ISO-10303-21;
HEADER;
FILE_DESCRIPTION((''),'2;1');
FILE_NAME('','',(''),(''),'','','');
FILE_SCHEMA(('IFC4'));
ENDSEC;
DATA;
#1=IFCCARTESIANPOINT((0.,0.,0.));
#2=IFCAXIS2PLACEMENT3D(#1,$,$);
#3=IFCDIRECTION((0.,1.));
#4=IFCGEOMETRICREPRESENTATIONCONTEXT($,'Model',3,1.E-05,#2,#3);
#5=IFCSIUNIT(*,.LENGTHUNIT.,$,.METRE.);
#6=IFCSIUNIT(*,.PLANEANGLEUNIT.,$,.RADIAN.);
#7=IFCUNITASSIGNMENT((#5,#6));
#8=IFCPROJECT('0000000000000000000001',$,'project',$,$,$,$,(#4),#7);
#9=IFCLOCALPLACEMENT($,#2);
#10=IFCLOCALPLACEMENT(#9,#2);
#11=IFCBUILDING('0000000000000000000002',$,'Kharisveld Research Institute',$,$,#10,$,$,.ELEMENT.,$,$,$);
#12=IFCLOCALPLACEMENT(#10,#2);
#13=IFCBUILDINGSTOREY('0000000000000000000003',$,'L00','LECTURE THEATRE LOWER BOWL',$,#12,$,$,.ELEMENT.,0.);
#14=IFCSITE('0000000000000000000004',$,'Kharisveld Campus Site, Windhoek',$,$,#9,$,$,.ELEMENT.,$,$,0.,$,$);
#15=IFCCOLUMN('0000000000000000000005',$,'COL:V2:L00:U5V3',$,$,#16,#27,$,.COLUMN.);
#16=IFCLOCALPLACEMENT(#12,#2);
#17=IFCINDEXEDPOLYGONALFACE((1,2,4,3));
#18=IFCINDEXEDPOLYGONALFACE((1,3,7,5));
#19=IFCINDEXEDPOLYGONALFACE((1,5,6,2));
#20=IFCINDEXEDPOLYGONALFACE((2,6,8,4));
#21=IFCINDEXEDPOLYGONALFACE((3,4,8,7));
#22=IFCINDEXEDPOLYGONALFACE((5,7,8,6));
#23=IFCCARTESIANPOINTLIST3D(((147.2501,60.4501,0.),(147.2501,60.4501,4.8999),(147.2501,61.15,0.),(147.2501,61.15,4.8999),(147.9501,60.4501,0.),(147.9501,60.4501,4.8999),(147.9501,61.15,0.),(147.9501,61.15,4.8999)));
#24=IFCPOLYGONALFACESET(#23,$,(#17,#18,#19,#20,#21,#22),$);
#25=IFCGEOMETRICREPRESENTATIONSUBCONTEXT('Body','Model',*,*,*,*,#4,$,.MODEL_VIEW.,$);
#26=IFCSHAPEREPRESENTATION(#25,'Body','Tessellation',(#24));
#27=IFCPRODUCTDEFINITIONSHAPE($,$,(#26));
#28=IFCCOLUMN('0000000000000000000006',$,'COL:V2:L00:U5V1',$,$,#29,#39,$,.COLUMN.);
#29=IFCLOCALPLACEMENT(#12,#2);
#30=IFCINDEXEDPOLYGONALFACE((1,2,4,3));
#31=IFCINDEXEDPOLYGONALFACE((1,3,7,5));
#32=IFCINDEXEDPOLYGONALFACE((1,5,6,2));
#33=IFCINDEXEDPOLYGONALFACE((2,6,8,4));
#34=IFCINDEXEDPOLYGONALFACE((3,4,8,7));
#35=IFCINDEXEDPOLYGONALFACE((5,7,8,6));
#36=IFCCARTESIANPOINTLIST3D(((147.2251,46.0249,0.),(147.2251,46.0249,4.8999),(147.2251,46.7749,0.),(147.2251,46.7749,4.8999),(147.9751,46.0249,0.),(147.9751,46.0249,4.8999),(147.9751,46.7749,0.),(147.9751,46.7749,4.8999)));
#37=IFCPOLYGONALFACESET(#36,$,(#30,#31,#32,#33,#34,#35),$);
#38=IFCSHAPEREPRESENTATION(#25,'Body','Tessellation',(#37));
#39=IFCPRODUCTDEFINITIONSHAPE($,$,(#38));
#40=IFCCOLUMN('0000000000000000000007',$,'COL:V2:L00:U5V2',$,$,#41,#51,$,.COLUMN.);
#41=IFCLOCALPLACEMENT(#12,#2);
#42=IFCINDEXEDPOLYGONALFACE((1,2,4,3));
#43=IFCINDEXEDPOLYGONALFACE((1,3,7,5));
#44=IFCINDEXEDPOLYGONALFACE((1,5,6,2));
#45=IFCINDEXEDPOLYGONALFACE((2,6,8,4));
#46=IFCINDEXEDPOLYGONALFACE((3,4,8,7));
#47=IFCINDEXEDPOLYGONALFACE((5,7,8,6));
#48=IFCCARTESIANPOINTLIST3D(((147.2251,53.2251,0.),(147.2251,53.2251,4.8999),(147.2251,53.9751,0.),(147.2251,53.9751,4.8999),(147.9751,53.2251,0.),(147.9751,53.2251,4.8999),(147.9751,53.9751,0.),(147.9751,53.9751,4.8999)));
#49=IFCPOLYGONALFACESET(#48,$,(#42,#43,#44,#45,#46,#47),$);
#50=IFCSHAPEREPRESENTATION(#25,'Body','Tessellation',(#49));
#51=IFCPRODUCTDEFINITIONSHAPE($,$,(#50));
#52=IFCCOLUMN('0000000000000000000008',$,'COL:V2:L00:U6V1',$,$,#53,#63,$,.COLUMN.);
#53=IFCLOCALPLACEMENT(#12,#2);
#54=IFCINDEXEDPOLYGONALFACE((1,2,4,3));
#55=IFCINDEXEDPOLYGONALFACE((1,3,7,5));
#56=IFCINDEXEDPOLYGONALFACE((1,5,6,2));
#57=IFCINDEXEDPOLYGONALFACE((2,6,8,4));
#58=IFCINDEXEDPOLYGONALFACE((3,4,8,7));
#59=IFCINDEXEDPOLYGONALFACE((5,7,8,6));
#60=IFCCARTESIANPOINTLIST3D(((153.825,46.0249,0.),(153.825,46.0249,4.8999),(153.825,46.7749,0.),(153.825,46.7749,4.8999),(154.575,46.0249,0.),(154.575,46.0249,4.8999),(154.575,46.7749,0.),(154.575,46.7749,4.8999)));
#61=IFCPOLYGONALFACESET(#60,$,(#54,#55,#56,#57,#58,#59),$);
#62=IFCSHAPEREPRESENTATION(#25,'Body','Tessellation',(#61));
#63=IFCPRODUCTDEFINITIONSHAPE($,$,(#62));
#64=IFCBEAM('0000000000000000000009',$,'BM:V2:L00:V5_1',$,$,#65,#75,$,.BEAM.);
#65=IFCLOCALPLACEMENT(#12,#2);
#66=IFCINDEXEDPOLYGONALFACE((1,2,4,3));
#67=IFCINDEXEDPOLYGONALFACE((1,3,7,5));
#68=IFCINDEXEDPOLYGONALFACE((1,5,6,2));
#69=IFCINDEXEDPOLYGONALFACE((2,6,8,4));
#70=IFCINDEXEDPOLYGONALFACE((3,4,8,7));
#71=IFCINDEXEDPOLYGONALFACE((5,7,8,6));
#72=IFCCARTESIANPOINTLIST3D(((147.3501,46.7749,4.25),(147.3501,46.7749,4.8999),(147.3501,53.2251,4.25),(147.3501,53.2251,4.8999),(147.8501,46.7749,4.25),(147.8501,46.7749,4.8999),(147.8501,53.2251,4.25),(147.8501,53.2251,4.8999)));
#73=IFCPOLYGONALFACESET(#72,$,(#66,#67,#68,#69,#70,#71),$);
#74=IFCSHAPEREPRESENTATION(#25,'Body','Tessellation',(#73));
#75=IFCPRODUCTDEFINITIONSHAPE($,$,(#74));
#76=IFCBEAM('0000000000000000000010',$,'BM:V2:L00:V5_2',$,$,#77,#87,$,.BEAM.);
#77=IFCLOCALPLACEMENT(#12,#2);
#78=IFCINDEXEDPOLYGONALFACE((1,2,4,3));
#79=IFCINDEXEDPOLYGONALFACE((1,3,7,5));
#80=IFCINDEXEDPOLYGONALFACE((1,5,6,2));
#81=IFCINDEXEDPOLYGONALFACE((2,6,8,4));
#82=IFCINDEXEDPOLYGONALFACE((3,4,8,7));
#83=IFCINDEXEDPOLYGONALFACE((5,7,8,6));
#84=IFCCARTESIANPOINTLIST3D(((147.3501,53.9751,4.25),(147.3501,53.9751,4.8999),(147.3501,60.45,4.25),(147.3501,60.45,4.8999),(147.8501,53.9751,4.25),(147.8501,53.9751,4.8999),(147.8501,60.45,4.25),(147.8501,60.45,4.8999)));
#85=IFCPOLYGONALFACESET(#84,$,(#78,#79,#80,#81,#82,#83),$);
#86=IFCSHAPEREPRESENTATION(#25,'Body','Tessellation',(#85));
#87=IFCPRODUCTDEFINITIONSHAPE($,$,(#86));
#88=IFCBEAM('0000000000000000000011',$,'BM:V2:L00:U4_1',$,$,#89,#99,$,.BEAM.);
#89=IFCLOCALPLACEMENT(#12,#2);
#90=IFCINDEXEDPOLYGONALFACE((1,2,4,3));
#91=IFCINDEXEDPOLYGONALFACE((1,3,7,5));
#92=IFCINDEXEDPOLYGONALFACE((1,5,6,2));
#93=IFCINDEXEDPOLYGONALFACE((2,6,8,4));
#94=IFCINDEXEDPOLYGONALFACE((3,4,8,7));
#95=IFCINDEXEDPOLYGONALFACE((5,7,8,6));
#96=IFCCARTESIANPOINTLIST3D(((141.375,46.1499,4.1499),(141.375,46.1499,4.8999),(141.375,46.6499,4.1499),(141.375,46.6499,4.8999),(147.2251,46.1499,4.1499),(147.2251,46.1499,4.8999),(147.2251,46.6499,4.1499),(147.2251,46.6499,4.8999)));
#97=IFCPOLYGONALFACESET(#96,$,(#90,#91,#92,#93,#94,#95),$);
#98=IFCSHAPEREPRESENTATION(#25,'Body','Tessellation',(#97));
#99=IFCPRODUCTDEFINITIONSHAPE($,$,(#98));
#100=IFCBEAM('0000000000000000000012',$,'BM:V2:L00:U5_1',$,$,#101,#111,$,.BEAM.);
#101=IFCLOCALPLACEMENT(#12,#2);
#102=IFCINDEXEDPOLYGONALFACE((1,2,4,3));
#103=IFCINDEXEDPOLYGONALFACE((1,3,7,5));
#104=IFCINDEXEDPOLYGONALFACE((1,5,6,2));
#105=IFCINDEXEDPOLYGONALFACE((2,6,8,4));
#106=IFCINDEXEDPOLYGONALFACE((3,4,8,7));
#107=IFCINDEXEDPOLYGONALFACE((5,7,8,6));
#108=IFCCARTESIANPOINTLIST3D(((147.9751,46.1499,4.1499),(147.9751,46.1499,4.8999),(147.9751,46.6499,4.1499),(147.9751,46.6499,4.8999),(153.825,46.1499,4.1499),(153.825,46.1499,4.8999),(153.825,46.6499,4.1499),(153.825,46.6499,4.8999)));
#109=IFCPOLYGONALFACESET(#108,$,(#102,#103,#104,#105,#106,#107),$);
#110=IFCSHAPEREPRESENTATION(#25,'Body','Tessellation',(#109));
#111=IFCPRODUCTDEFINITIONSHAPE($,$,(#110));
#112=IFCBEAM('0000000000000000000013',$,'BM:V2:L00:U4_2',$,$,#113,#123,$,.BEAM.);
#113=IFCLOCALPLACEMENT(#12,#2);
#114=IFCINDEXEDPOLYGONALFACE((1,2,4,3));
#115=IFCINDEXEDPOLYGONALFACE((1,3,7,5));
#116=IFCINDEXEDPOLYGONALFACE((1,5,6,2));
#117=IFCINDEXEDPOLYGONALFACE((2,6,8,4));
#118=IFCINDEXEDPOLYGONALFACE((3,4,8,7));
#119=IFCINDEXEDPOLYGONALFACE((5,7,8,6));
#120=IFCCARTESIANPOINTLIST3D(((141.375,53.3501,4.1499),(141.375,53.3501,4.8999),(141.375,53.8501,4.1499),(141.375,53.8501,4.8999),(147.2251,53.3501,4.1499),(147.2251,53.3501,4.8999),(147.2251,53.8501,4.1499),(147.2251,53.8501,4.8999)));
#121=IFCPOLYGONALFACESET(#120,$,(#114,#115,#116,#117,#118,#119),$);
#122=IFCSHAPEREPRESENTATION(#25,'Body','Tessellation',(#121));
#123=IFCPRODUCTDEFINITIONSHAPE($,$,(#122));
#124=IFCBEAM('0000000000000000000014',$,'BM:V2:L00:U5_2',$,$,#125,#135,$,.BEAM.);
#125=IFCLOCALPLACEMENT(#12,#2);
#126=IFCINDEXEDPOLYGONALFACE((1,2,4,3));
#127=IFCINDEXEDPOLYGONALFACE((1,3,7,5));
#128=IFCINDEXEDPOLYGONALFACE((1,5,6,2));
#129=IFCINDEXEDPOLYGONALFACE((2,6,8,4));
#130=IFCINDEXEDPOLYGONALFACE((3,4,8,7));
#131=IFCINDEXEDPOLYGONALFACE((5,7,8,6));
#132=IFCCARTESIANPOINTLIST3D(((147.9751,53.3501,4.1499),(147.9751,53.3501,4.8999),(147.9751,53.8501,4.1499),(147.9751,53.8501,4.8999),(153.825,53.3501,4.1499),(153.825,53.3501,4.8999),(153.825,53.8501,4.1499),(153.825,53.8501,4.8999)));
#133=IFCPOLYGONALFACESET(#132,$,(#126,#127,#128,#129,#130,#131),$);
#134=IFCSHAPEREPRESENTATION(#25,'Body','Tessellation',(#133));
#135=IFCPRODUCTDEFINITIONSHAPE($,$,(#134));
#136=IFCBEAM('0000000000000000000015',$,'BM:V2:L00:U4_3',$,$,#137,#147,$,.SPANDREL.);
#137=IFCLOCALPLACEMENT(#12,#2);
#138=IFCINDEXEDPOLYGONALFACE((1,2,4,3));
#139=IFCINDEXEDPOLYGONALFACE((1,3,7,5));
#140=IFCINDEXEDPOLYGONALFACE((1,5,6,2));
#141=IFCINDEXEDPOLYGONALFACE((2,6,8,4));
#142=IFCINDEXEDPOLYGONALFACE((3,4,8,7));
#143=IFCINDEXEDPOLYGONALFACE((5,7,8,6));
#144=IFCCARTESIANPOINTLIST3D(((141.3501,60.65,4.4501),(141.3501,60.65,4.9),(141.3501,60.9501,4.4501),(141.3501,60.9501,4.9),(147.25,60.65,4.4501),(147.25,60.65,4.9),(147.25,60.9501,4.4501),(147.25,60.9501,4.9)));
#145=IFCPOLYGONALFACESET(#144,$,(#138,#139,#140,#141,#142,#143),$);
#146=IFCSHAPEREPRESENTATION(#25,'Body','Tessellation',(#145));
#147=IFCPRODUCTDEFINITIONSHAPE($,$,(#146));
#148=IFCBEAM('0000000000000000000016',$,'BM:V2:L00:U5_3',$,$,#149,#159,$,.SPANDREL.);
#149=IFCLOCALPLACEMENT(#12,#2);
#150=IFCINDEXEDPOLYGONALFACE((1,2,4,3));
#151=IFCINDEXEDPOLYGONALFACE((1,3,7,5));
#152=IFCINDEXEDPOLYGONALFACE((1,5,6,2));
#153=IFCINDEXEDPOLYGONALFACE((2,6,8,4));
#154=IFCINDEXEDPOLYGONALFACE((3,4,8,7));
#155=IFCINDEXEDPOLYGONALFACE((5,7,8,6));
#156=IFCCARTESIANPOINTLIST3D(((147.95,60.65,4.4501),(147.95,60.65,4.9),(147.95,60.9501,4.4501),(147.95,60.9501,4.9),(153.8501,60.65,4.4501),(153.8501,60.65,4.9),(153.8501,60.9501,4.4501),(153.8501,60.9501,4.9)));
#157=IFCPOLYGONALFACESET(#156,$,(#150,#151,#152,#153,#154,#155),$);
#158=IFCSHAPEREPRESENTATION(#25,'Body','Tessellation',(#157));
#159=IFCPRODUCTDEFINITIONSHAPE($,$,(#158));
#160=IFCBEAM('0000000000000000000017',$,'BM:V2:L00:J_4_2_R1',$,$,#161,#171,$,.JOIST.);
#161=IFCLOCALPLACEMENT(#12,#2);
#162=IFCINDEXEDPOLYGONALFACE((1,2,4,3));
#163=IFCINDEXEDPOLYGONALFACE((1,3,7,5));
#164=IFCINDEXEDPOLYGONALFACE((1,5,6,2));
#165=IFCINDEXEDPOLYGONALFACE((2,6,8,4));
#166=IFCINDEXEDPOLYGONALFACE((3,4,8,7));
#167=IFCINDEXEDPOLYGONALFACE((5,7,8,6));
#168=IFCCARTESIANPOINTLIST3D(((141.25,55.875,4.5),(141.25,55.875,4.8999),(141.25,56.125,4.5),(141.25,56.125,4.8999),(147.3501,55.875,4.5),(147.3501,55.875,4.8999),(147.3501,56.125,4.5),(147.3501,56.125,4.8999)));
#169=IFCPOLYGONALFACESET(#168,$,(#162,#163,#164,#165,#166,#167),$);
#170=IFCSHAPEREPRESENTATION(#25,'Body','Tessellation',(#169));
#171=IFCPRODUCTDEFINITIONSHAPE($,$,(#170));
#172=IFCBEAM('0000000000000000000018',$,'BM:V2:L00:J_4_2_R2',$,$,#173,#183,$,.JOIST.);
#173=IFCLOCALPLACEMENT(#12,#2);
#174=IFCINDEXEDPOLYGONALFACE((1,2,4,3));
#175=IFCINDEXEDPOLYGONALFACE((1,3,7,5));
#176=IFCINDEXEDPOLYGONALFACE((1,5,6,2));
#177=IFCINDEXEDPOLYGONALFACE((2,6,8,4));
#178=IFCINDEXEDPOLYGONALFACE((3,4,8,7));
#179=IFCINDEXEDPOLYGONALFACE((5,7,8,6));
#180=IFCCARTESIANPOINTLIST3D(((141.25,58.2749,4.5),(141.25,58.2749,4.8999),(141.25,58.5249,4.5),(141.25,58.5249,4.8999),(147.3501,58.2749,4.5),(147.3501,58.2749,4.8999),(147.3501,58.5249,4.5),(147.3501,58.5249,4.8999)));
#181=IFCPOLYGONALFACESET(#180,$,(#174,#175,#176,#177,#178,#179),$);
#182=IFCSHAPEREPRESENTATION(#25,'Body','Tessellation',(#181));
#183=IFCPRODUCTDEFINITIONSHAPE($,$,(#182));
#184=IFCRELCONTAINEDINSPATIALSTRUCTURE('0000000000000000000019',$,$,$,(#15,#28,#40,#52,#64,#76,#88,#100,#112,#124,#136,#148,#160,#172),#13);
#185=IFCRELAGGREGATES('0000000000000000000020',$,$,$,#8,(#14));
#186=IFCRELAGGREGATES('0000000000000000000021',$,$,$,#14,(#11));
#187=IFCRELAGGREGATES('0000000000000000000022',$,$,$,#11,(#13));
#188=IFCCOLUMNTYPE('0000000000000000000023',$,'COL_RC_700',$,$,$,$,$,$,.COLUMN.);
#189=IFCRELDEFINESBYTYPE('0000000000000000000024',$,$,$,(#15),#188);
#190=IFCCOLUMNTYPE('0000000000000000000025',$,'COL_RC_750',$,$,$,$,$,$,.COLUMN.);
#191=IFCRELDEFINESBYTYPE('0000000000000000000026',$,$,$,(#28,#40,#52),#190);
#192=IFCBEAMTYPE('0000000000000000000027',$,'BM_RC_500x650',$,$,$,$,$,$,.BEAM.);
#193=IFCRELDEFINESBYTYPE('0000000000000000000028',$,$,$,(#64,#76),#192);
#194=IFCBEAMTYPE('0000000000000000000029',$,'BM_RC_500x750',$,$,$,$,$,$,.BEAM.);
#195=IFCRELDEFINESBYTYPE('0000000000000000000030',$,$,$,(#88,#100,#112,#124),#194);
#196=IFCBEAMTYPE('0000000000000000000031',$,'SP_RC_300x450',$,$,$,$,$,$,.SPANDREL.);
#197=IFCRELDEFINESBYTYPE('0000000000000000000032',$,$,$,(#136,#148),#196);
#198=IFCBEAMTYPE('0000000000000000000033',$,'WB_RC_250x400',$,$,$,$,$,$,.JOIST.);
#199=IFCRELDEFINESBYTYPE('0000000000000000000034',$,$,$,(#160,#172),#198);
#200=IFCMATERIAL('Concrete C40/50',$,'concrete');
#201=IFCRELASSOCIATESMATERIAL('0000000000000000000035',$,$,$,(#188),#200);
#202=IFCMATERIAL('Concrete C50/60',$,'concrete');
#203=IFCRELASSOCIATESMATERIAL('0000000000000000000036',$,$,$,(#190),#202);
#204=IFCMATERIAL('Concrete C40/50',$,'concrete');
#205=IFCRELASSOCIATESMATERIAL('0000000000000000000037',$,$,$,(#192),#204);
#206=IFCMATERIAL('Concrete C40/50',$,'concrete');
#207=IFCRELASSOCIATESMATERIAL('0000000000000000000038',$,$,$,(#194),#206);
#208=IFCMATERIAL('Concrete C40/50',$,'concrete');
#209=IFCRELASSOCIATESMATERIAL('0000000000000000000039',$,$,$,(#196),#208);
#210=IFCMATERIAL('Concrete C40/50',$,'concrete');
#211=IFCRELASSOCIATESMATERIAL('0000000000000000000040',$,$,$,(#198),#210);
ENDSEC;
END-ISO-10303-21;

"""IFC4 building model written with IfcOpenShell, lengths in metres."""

from ifc_helpers import new_model, si_unit, direction, frame, origin, origin_2d, place, context, subcontext, project, spatial, rectangle, extrude, material, material_profile, profile_set, type_object, element, save


model = new_model("IFC4")

# Units and contexts
model_context = context("Model", 3, precision=1e-05, world=origin(), true_north=direction((0.0, 1.0)))
body_context = subcontext(model_context, "Body", "Model", "MODEL_VIEW")
ifc_project = project(units=[si_unit("LENGTHUNIT", "METRE"), si_unit("PLANEANGLEUNIT", "RADIAN")], contexts=[model_context])

# Site, building, storey
site_placement = place(None, origin())
site = spatial("IfcSite", under=ifc_project, at=site_placement, Name="Kharisveld Campus Site, Windhoek", CompositionType="ELEMENT", RefElevation=0.0)
building_placement = place(site_placement, origin())
building = spatial("IfcBuilding", under=site, at=building_placement, Name="Kharisveld Research Institute", CompositionType="ELEMENT")
storey_placement = place(building_placement, origin())
storey = spatial("IfcBuildingStorey", under=building, at=storey_placement, Name="L00", Description="LECTURE THEATRE LOWER BOWL", CompositionType="ELEMENT", Elevation=0.0)

# Columns
ifc_material_1 = material(Name="Concrete C40/50", Category="concrete")
ifc_material_profile_1 = material_profile(ifc_material_1, rectangle(XDim=0.7, YDim=0.7, at=origin_2d()))
ifc_profile_set_1 = profile_set([ifc_material_profile_1], Name="Concrete C40/50")
column_type_1 = type_object("IfcColumnType", Name="COL_RC_700", PredefinedType="COLUMN", material=ifc_profile_set_1)
column_placement = place(storey_placement, frame((147.6001, 60.8, 0.0), z_axis=(0.0, 0.0, 1.0), x_axis=(1.0, 0.0, 0.0)))
element("IfcColumn", 1, at=column_placement, inside=storey, type_object=column_type_1, Name="COL:V2:L00:U5V3", PredefinedType="COLUMN", context=body_context, shape_type="SweptSolid", body=[
    extrude(rectangle(XDim=0.7, YDim=0.7, at=origin_2d()), origin(), (0.0, 0.0, 1.0), 4.8999),
])
ifc_material_2 = material(Name="Concrete C50/60", Category="concrete")
ifc_material_profile_2 = material_profile(ifc_material_2, rectangle(XDim=0.75, YDim=0.75, at=origin_2d()))
ifc_profile_set_2 = profile_set([ifc_material_profile_2], Name="Concrete C50/60")
column_type_2 = type_object("IfcColumnType", Name="COL_RC_750", PredefinedType="COLUMN", material=ifc_profile_set_2)
for number, where, z_axis, x_axis, name in (
    (2, (147.6001, 46.3999, 0.0), (0.0, 0.0, 1.0), (1.0, 0.0, 0.0), "COL:V2:L00:U5V1"),
    (3, (147.6001, 53.6001, 0.0), (0.0, 0.0, 1.0), (1.0, 0.0, 0.0), "COL:V2:L00:U5V2"),
    (4, (154.2, 46.3999, 0.0), (0.0, 0.0, 1.0), (1.0, 0.0, 0.0), "COL:V2:L00:U6V1"),
):
    element("IfcColumn", number, at=place(storey_placement, frame(where, z_axis=z_axis, x_axis=x_axis)), inside=storey, type_object=column_type_2, Name=name, PredefinedType="COLUMN", context=body_context, shape_type="SweptSolid", body=[
        extrude(rectangle(XDim=0.75, YDim=0.75, at=origin_2d()), origin(), (0.0, 0.0, 1.0), 4.8999),
    ])

# Beams
ifc_material_3 = material(Name="Concrete C40/50", Category="concrete")
ifc_material_profile_3 = material_profile(ifc_material_3, rectangle(XDim=0.5, YDim=0.6499, at=origin_2d()))
ifc_profile_set_3 = profile_set([ifc_material_profile_3], Name="Concrete C40/50")
beam_type_1 = type_object("IfcBeamType", Name="BM_RC_500x650", PredefinedType="BEAM", material=ifc_profile_set_3)
beam_1_placement = place(storey_placement, frame((147.6001, 46.7749, 4.575), z_axis=(0.0, 1.0, 0.0), x_axis=(-1.0, 0.0, 0.0)))
element("IfcBeam", 5, at=beam_1_placement, inside=storey, type_object=beam_type_1, Name="BM:V2:L00:V5_1", PredefinedType="BEAM", context=body_context, shape_type="SweptSolid", body=[
    extrude(rectangle(XDim=0.5, YDim=0.6499, at=origin_2d()), origin(), (0.0, 0.0, 1.0), 6.4502),
])
beam_2_placement = place(storey_placement, frame((147.6001, 53.9751, 4.575), z_axis=(0.0, 1.0, 0.0), x_axis=(-1.0, 0.0, 0.0)))
element("IfcBeam", 6, at=beam_2_placement, inside=storey, type_object=beam_type_1, Name="BM:V2:L00:V5_2", PredefinedType="BEAM", context=body_context, shape_type="SweptSolid", body=[
    extrude(rectangle(XDim=0.5, YDim=0.6499, at=origin_2d()), origin(), (0.0, 0.0, 1.0), 6.4749),
])
ifc_material_4 = material(Name="Concrete C40/50", Category="concrete")
ifc_material_profile_4 = material_profile(ifc_material_4, rectangle(XDim=0.5, YDim=0.75, at=origin_2d()))
ifc_profile_set_4 = profile_set([ifc_material_profile_4], Name="Concrete C40/50")
beam_type_2 = type_object("IfcBeamType", Name="BM_RC_500x750", PredefinedType="BEAM", material=ifc_profile_set_4)
beam_3_placement = place(storey_placement, frame((141.375, 46.3999, 4.5249), z_axis=(1.0, 0.0, 0.0), x_axis=(0.0, 1.0, 0.0)))
element("IfcBeam", 7, at=beam_3_placement, inside=storey, type_object=beam_type_2, Name="BM:V2:L00:U4_1", PredefinedType="BEAM", context=body_context, shape_type="SweptSolid", body=[
    extrude(rectangle(XDim=0.5, YDim=0.75, at=origin_2d()), origin(), (0.0, 0.0, 1.0), 5.8501),
])
beam_4_placement = place(storey_placement, frame((147.9751, 46.3999, 4.5249), z_axis=(1.0, 0.0, 0.0), x_axis=(0.0, 1.0, 0.0)))
element("IfcBeam", 8, at=beam_4_placement, inside=storey, type_object=beam_type_2, Name="BM:V2:L00:U5_1", PredefinedType="BEAM", context=body_context, shape_type="SweptSolid", body=[
    extrude(rectangle(XDim=0.5, YDim=0.75, at=origin_2d()), origin(), (0.0, 0.0, 1.0), 5.8499),
])
beam_5_placement = place(storey_placement, frame((141.375, 53.6001, 4.5249), z_axis=(1.0, 0.0, 0.0), x_axis=(0.0, 1.0, 0.0)))
element("IfcBeam", 9, at=beam_5_placement, inside=storey, type_object=beam_type_2, Name="BM:V2:L00:U4_2", PredefinedType="BEAM", context=body_context, shape_type="SweptSolid", body=[
    extrude(rectangle(XDim=0.5, YDim=0.75, at=origin_2d()), origin(), (0.0, 0.0, 1.0), 5.8501),
])
beam_6_placement = place(storey_placement, frame((147.9751, 53.6001, 4.5249), z_axis=(1.0, 0.0, 0.0), x_axis=(0.0, 1.0, 0.0)))
element("IfcBeam", 10, at=beam_6_placement, inside=storey, type_object=beam_type_2, Name="BM:V2:L00:U5_2", PredefinedType="BEAM", context=body_context, shape_type="SweptSolid", body=[
    extrude(rectangle(XDim=0.5, YDim=0.75, at=origin_2d()), origin(), (0.0, 0.0, 1.0), 5.8499),
])
ifc_material_5 = material(Name="Concrete C40/50", Category="concrete")
ifc_material_profile_5 = material_profile(ifc_material_5, rectangle(XDim=0.3, YDim=0.45, at=origin_2d()))
ifc_profile_set_5 = profile_set([ifc_material_profile_5], Name="Concrete C40/50")
beam_type_3 = type_object("IfcBeamType", Name="SP_RC_300x450", PredefinedType="SPANDREL", material=ifc_profile_set_5)
beam_7_placement = place(storey_placement, frame((141.3501, 60.8, 4.675), z_axis=(1.0, 0.0, 0.0), x_axis=(0.0, 1.0, 0.0)))
element("IfcBeam", 11, at=beam_7_placement, inside=storey, type_object=beam_type_3, Name="BM:V2:L00:U4_3", PredefinedType="SPANDREL", context=body_context, shape_type="SweptSolid", body=[
    extrude(rectangle(XDim=0.3, YDim=0.45, at=origin_2d()), origin(), (0.0, 0.0, 1.0), 5.8999),
])
beam_8_placement = place(storey_placement, frame((147.95, 60.8, 4.675), z_axis=(1.0, 0.0, 0.0), x_axis=(0.0, 1.0, 0.0)))
element("IfcBeam", 12, at=beam_8_placement, inside=storey, type_object=beam_type_3, Name="BM:V2:L00:U5_3", PredefinedType="SPANDREL", context=body_context, shape_type="SweptSolid", body=[
    extrude(rectangle(XDim=0.3, YDim=0.45, at=origin_2d()), origin(), (0.0, 0.0, 1.0), 5.9001),
])
ifc_material_6 = material(Name="Concrete C40/50", Category="concrete")
ifc_material_profile_6 = material_profile(ifc_material_6, rectangle(XDim=0.25, YDim=0.3999, at=origin_2d()))
ifc_profile_set_6 = profile_set([ifc_material_profile_6], Name="Concrete C40/50")
beam_type_4 = type_object("IfcBeamType", Name="WB_RC_250x400", PredefinedType="JOIST", material=ifc_profile_set_6)
for number, where, z_axis, x_axis, name in (
    (13, (141.25, 56.0, 4.7), (1.0, 0.0, 0.0), (0.0, 1.0, 0.0), "BM:V2:L00:J_4_2_R1"),
    (14, (141.25, 58.3999, 4.7), (1.0, 0.0, 0.0), (0.0, 1.0, 0.0), "BM:V2:L00:J_4_2_R2"),
):
    element("IfcBeam", number, at=place(storey_placement, frame(where, z_axis=z_axis, x_axis=x_axis)), inside=storey, type_object=beam_type_4, Name=name, PredefinedType="JOIST", context=body_context, shape_type="SweptSolid", body=[
        extrude(rectangle(XDim=0.25, YDim=0.3999, at=origin_2d()), origin(), (0.0, 0.0, 1.0), 6.1001),
    ])

save(model, "model.ifc")
